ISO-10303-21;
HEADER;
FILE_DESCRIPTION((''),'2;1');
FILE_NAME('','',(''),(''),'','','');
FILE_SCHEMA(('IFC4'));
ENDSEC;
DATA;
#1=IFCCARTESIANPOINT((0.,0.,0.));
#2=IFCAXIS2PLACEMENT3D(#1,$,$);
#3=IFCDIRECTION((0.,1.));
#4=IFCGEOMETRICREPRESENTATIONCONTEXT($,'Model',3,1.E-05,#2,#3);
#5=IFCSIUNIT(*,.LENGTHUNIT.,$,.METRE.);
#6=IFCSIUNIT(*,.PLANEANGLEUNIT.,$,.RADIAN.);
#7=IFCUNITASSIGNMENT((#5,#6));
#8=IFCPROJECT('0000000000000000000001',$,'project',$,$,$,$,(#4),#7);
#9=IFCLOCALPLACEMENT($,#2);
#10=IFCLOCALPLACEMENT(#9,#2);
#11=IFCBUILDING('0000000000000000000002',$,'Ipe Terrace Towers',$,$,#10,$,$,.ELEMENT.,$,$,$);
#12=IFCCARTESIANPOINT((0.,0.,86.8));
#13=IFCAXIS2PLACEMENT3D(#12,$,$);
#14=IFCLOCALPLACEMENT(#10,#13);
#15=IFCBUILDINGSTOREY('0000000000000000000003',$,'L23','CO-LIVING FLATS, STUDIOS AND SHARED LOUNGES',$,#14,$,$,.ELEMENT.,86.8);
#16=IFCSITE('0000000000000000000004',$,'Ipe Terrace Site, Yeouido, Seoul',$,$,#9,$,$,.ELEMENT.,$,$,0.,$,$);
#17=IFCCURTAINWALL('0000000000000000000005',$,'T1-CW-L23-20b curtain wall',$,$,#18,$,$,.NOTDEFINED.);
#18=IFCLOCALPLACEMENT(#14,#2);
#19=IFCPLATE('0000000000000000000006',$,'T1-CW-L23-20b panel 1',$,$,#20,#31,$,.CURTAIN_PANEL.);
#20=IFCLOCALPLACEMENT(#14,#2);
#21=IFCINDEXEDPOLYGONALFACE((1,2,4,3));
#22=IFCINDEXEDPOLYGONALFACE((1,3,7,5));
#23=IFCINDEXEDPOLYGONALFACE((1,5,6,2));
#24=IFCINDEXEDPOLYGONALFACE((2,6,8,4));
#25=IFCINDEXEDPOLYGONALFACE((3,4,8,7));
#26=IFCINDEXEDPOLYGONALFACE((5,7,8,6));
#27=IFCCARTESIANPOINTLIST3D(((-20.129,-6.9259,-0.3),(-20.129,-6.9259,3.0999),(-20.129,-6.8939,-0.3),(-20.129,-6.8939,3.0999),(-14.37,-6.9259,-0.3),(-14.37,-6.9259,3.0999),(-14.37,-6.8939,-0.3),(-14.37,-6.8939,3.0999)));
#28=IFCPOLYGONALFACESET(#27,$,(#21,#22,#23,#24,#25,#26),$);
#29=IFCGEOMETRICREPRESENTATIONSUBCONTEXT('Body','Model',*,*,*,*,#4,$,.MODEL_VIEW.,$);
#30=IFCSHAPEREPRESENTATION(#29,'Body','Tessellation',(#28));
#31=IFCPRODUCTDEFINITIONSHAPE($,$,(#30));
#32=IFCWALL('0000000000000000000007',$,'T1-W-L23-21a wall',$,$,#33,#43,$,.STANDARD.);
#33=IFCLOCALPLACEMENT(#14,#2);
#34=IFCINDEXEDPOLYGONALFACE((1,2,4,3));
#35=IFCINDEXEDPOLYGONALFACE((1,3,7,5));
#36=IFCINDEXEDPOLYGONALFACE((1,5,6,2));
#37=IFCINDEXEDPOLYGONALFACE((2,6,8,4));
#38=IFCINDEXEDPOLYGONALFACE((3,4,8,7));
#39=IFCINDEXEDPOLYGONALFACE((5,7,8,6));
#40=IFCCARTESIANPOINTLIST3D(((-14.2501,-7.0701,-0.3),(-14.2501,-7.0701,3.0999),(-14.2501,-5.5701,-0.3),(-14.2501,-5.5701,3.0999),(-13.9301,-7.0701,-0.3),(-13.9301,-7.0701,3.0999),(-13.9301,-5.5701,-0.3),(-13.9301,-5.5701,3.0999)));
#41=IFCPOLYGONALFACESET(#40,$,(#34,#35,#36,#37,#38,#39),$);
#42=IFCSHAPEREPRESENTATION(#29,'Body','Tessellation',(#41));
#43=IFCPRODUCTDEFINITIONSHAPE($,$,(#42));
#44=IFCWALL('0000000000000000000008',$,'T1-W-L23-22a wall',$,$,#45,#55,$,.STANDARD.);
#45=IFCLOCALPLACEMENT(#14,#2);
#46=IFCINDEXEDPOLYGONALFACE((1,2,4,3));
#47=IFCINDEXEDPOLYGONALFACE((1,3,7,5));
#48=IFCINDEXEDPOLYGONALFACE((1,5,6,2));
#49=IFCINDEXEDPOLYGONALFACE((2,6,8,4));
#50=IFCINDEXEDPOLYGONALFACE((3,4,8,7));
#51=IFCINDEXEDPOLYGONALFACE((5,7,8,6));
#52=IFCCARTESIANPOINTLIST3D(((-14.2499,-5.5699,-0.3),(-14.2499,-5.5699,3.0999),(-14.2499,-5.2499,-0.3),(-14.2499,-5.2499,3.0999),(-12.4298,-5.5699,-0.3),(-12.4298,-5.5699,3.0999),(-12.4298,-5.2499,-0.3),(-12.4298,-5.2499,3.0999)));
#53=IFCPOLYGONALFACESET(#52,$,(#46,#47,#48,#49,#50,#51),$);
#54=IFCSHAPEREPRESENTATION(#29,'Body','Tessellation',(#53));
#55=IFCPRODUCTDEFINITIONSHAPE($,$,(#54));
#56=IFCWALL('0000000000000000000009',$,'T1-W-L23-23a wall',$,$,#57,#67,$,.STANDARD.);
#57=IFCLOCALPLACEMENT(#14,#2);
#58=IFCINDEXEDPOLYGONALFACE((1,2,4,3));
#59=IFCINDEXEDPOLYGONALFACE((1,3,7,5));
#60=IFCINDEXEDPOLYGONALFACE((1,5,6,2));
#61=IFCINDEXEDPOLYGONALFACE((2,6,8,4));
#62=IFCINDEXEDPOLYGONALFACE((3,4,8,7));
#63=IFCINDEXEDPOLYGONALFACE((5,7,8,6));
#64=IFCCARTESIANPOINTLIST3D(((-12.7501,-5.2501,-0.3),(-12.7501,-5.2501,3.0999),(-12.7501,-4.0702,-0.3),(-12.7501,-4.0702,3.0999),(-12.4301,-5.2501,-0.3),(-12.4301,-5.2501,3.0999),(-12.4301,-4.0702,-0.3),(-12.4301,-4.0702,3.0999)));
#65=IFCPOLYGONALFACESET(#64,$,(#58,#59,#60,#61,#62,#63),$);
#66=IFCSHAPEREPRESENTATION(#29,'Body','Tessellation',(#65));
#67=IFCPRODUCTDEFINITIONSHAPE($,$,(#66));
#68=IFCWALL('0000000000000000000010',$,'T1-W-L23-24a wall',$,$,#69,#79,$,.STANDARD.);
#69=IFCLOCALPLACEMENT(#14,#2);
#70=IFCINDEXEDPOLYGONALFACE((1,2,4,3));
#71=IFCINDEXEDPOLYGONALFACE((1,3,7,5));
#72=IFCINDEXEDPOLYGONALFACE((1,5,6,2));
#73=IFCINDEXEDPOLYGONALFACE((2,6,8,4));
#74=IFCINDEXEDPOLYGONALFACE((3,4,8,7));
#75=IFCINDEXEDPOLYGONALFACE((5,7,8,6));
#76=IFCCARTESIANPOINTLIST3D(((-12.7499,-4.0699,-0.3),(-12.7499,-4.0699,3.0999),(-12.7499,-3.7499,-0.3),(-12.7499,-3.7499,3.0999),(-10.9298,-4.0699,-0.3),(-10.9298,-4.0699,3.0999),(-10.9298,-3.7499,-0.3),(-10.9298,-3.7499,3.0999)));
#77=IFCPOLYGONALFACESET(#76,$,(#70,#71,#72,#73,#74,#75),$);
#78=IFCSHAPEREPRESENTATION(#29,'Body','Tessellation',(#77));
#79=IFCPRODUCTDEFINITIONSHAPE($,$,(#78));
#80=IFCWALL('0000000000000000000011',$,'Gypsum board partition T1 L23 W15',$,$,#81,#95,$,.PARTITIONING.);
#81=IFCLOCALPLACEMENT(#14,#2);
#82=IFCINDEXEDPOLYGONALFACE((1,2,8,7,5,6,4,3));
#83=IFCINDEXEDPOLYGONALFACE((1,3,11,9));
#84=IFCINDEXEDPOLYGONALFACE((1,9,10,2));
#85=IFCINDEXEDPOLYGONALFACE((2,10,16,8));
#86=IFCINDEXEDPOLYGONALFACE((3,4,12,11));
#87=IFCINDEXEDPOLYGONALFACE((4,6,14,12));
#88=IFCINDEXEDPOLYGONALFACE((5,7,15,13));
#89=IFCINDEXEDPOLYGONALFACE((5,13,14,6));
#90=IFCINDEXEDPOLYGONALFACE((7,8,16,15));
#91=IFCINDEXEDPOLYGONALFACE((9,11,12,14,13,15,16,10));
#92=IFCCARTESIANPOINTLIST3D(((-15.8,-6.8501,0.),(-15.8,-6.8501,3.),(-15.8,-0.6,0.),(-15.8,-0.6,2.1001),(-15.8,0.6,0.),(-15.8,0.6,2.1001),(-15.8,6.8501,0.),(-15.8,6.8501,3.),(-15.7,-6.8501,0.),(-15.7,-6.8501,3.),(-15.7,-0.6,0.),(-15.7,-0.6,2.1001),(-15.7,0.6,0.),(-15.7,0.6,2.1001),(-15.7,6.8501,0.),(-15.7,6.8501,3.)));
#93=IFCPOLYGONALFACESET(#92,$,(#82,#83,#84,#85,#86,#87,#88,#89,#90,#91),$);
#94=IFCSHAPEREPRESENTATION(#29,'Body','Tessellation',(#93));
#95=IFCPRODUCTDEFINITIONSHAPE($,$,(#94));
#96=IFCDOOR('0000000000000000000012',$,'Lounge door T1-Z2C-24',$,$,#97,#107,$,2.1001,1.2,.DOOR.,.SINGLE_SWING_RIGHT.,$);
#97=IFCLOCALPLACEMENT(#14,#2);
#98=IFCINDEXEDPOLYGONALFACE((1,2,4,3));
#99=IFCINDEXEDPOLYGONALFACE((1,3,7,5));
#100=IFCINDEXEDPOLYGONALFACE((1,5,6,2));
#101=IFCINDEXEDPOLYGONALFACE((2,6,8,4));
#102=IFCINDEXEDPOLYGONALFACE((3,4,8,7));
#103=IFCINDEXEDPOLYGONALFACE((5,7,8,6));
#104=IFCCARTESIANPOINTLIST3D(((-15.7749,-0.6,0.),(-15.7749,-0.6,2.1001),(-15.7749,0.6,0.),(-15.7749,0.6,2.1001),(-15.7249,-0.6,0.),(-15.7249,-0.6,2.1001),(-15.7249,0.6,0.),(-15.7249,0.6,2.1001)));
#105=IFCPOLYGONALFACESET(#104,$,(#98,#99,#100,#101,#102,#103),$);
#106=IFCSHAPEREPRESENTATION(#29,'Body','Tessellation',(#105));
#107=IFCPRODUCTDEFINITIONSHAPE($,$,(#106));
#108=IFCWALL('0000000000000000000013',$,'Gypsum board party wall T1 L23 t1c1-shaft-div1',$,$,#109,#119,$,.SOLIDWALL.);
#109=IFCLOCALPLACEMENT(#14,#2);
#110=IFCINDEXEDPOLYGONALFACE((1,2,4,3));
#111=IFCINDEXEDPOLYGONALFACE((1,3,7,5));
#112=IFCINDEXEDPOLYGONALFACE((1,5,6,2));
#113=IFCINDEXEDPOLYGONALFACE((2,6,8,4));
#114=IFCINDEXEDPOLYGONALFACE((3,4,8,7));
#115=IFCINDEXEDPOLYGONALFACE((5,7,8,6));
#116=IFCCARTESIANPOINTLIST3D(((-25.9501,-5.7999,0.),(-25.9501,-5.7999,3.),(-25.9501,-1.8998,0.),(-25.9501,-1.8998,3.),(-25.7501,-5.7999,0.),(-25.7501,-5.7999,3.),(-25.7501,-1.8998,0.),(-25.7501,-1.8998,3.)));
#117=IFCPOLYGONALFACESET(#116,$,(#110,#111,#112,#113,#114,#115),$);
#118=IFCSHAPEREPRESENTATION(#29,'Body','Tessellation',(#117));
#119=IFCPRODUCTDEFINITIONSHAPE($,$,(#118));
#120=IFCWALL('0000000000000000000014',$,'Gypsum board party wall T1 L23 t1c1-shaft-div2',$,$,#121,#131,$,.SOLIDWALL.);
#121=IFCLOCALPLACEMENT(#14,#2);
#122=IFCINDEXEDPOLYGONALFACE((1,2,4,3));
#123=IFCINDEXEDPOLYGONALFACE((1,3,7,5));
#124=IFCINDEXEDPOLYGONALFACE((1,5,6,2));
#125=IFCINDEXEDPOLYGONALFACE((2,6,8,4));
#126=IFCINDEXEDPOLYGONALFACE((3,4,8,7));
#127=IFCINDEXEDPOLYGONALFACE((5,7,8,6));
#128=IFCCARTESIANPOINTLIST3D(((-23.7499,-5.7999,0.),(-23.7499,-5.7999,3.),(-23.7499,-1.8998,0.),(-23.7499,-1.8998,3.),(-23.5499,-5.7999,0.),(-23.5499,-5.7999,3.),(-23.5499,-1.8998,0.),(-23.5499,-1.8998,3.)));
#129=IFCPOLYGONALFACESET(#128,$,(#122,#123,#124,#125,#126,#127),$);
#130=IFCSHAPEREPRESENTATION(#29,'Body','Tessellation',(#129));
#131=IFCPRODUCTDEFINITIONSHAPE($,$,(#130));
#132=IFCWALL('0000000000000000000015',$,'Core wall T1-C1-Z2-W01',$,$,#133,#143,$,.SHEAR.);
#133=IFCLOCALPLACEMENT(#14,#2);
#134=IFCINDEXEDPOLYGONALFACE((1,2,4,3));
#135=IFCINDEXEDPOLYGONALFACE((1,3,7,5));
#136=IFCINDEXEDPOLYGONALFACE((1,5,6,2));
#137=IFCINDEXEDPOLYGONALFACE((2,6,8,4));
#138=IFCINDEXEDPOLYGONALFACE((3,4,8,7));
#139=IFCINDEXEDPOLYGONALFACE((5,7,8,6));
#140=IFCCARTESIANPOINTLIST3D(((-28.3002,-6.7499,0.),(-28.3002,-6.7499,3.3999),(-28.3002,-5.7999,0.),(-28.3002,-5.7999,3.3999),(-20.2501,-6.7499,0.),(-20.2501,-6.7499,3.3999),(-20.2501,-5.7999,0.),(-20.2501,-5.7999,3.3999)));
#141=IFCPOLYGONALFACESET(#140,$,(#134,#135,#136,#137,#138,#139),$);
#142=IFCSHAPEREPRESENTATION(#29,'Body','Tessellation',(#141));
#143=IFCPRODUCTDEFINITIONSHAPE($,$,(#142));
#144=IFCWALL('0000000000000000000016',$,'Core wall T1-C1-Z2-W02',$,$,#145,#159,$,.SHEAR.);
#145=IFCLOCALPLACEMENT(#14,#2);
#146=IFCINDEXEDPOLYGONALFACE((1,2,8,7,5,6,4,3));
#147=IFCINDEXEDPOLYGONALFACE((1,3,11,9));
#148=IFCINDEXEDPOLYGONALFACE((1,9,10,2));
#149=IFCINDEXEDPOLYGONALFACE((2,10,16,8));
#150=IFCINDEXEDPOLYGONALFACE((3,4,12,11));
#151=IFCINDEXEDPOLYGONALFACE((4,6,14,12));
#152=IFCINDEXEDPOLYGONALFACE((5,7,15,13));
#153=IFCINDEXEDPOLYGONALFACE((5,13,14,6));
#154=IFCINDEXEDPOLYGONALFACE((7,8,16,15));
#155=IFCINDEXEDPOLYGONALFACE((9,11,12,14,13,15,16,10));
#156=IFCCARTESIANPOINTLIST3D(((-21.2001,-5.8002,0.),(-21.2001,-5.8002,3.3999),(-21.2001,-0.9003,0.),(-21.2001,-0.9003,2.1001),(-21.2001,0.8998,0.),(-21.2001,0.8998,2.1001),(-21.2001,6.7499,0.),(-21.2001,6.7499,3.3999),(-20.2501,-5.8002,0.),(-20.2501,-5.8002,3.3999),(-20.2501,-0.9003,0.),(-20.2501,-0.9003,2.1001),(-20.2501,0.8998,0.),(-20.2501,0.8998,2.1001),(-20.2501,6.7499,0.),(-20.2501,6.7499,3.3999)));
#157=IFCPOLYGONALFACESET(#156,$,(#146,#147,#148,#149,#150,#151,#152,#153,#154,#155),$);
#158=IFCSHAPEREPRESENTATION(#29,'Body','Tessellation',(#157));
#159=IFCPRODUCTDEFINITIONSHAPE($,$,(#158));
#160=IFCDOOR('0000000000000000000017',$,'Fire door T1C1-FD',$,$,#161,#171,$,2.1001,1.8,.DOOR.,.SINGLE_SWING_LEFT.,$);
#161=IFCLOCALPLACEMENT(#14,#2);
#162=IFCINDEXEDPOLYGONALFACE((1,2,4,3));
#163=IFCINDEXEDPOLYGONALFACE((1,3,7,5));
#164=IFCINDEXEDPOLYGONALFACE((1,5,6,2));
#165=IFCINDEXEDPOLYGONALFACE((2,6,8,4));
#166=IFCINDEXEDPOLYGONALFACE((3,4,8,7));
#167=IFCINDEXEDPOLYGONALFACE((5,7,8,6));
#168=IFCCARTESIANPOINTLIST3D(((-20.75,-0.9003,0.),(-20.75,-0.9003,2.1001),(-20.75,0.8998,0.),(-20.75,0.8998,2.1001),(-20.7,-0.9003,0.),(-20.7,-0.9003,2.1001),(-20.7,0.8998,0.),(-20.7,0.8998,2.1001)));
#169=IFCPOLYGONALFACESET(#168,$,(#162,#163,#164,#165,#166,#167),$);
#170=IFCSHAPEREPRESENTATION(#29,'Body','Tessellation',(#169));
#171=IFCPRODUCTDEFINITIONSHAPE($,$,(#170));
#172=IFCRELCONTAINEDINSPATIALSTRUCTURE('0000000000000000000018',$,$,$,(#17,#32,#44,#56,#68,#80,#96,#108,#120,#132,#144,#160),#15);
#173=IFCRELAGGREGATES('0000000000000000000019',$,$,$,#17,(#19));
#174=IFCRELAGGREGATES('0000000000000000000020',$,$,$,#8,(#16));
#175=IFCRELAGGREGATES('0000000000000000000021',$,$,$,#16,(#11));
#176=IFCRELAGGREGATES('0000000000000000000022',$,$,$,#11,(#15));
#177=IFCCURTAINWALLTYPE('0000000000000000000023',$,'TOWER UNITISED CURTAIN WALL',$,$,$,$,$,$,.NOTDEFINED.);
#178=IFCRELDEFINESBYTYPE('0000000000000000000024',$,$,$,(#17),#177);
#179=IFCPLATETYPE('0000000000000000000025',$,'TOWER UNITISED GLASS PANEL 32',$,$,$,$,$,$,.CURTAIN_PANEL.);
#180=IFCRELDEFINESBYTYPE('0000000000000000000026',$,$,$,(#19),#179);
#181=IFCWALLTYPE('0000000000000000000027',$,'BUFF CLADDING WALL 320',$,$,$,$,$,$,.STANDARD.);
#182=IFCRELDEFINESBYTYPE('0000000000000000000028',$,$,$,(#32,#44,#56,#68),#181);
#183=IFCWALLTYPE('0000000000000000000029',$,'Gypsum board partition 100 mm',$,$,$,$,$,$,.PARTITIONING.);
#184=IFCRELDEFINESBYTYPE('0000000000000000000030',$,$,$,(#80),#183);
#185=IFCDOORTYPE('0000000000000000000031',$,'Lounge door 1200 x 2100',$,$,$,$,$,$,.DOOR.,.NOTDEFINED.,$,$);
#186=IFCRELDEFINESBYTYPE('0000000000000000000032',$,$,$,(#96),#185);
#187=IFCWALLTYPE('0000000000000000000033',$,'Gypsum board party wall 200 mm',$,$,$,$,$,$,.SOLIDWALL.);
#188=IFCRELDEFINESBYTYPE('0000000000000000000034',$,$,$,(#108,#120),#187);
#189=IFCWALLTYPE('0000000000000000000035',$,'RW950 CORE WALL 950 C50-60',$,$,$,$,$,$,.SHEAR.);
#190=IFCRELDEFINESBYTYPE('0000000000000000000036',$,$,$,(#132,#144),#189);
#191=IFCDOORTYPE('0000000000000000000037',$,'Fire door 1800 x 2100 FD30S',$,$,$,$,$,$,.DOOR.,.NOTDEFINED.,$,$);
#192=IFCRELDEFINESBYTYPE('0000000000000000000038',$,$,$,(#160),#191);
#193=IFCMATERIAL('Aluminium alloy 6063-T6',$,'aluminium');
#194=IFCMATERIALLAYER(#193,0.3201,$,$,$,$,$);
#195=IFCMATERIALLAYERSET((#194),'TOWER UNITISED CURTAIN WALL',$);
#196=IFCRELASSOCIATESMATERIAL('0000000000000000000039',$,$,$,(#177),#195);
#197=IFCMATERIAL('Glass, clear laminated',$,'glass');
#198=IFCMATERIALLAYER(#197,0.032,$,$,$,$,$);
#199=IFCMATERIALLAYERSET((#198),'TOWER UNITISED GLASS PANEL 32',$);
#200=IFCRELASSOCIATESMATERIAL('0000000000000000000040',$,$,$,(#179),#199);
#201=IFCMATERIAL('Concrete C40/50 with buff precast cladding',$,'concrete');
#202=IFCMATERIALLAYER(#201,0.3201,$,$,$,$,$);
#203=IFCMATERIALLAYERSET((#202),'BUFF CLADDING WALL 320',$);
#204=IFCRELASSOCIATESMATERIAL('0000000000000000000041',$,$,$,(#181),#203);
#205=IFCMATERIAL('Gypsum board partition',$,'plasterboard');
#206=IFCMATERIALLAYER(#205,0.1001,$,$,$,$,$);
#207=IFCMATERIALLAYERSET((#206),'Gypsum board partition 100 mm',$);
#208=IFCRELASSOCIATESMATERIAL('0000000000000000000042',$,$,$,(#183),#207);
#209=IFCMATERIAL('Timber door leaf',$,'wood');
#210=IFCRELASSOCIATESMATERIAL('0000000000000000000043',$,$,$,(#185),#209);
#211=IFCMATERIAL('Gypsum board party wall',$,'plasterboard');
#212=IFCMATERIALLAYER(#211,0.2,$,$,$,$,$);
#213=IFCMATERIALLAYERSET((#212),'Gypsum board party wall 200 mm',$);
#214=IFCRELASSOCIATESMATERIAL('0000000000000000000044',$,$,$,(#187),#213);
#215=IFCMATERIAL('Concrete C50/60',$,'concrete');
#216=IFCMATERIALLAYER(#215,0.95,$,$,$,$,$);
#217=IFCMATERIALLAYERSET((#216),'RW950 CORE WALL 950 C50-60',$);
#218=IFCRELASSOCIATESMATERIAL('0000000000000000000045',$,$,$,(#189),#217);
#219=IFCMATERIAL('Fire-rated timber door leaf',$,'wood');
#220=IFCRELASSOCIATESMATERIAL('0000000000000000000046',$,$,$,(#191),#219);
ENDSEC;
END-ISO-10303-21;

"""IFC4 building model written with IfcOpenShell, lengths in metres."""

from ifc_helpers import new_model, si_unit, direction, frame, frame_2d, origin, origin_2d, place, context, subcontext, project, spatial, rectangle, extrude, material, layer, layer_set, type_object, element, fill, aggregate, save


model = new_model("IFC4")

# Units and contexts
model_context = context("Model", 3, precision=1e-05, world=origin(), true_north=direction((0.0, 1.0)))
body_context = subcontext(model_context, "Body", "Model", "MODEL_VIEW")
ifc_project = project(units=[si_unit("LENGTHUNIT", "METRE"), si_unit("PLANEANGLEUNIT", "RADIAN")], contexts=[model_context])

# Site, building, storey
site_placement = place(None, origin())
site = spatial("IfcSite", under=ifc_project, at=site_placement, Name="Ipe Terrace Site, Yeouido, Seoul", CompositionType="ELEMENT", RefElevation=0.0)
building_placement = place(site_placement, origin())
building = spatial("IfcBuilding", under=site, at=building_placement, Name="Ipe Terrace Towers", CompositionType="ELEMENT")
storey_placement = place(building_placement, frame((0.0, 0.0, 86.8)))
storey = spatial("IfcBuildingStorey", under=building, at=storey_placement, Name="L23", Description="CO-LIVING FLATS, STUDIOS AND SHARED LOUNGES", CompositionType="ELEMENT", Elevation=86.8)

# Curtain wall
ifc_material_1 = material(Name="Aluminium alloy 6063-T6", Category="aluminium")
ifc_layer_1 = layer(ifc_material_1, 0.3201)
ifc_layer_set_1 = layer_set([ifc_layer_1], Name="TOWER UNITISED CURTAIN WALL")
curtain_wall_type = type_object("IfcCurtainWallType", Name="TOWER UNITISED CURTAIN WALL", PredefinedType="NOTDEFINED", material=ifc_layer_set_1)
curtain_wall_1_placement = place(storey_placement, origin())
curtain_wall_1 = element("IfcCurtainWall", 1, at=curtain_wall_1_placement, inside=storey, type_object=curtain_wall_type, Name="T1-CW-L23-20b curtain wall", PredefinedType="NOTDEFINED")

# Plate
ifc_material_2 = material(Name="Glass, clear laminated", Category="glass")
ifc_layer_2 = layer(ifc_material_2, 0.032)
ifc_layer_set_2 = layer_set([ifc_layer_2], Name="TOWER UNITISED GLASS PANEL 32")
plate_type = type_object("IfcPlateType", Name="TOWER UNITISED GLASS PANEL 32", PredefinedType="CURTAIN_PANEL", material=ifc_layer_set_2)
plate_1_placement = place(storey_placement, frame((-17.2495, -6.9099, -0.3), z_axis=(0.0, 0.0, 1.0), x_axis=(1.0, 0.0, 0.0)))
plate_1 = element("IfcPlate", 2, at=plate_1_placement, type_object=plate_type, Name="T1-CW-L23-20b panel 1", PredefinedType="CURTAIN_PANEL", context=body_context, shape_type="SweptSolid", body=[
    extrude(rectangle(XDim=5.759, YDim=0.032, at=origin_2d()), origin(), (0.0, 0.0, 1.0), 3.3999),
])
aggregate(curtain_wall_1, [plate_1])

# Walls
ifc_material_3 = material(Name="Concrete C40/50 with buff precast cladding", Category="concrete")
ifc_layer_3 = layer(ifc_material_3, 0.3201)
ifc_layer_set_3 = layer_set([ifc_layer_3], Name="BUFF CLADDING WALL 320")
wall_type_1 = type_object("IfcWallType", Name="BUFF CLADDING WALL 320", PredefinedType="STANDARD", material=ifc_layer_set_3)
wall_1_placement = place(storey_placement, frame((-14.0901, -7.0701, -0.3), z_axis=(0.0, 0.0, 1.0), x_axis=(0.0, 1.0, 0.0)))
element("IfcWall", 3, at=wall_1_placement, inside=storey, type_object=wall_type_1, Name="T1-W-L23-21a wall", PredefinedType="STANDARD", context=body_context, shape_type="SweptSolid", body=[
    extrude(rectangle(XDim=1.5, YDim=0.3201, at=frame_2d((0.75, 0.0))), origin(), (0.0, 0.0, 1.0), 3.3999),
])
wall_2_placement = place(storey_placement, frame((-14.25, -5.4099, -0.3), z_axis=(0.0, 0.0, 1.0), x_axis=(1.0, 0.0, 0.0)))
element("IfcWall", 4, at=wall_2_placement, inside=storey, type_object=wall_type_1, Name="T1-W-L23-22a wall", PredefinedType="STANDARD", context=body_context, shape_type="SweptSolid", body=[
    extrude(rectangle(XDim=1.8201, YDim=0.3201, at=frame_2d((0.9102, 0.0))), origin(), (0.0, 0.0, 1.0), 3.3999),
])
wall_3_placement = place(storey_placement, frame((-12.5901, -5.25, -0.3), z_axis=(0.0, 0.0, 1.0), x_axis=(0.0, 1.0, 0.0)))
element("IfcWall", 5, at=wall_3_placement, inside=storey, type_object=wall_type_1, Name="T1-W-L23-23a wall", PredefinedType="STANDARD", context=body_context, shape_type="SweptSolid", body=[
    extrude(rectangle(XDim=1.1799, YDim=0.3201, at=frame_2d((0.5898, 0.0))), origin(), (0.0, 0.0, 1.0), 3.3999),
])
wall_4_placement = place(storey_placement, frame((-12.75, -3.9099, -0.3), z_axis=(0.0, 0.0, 1.0), x_axis=(1.0, 0.0, 0.0)))
element("IfcWall", 6, at=wall_4_placement, inside=storey, type_object=wall_type_1, Name="T1-W-L23-24a wall", PredefinedType="STANDARD", context=body_context, shape_type="SweptSolid", body=[
    extrude(rectangle(XDim=1.8201, YDim=0.3201, at=frame_2d((0.9102, 0.0))), origin(), (0.0, 0.0, 1.0), 3.3999),
])

# Wall, opening, door
ifc_material_4 = material(Name="Gypsum board partition", Category="plasterboard")
ifc_layer_4 = layer(ifc_material_4, 0.1001)
ifc_layer_set_4 = layer_set([ifc_layer_4], Name="Gypsum board partition 100 mm")
wall_type_2 = type_object("IfcWallType", Name="Gypsum board partition 100 mm", PredefinedType="PARTITIONING", material=ifc_layer_set_4)
wall_5_placement = place(storey_placement, frame((-15.75, -6.8501, 0.0), z_axis=(0.0, 0.0, 1.0), x_axis=(0.0, 1.0, 0.0)))
wall_5 = element("IfcWall", 7, at=wall_5_placement, inside=storey, type_object=wall_type_2, Name="Gypsum board partition T1 L23 W15", PredefinedType="PARTITIONING", context=body_context, shape_type="SweptSolid", body=[
    extrude(rectangle(XDim=13.7002, YDim=0.1001, at=frame_2d((6.8501, 0.0))), origin(), (0.0, 0.0, 1.0), 3.0),
])
opening_1_placement = place(wall_5_placement, frame((6.25, 0.0, 0.0)))
opening_1 = element("IfcOpeningElement", 8, at=opening_1_placement, cuts=wall_5, PredefinedType="OPENING", context=body_context, shape_type="SweptSolid", body=[
    extrude(rectangle(XDim=1.2, YDim=2.1001, at=frame_2d((0.6001, 1.05))), frame((0.0, 0.0601, 0.0), z_axis=(0.0, -1.0, 0.0), x_axis=(1.0, 0.0, 0.0)), (0.0, 0.0, 1.0), 0.1201),
])
ifc_material_5 = material(Name="Timber door leaf", Category="wood")
door_type_1 = type_object("IfcDoorType", Name="Lounge door 1200 x 2100", OperationType="NOTDEFINED", PredefinedType="DOOR", material=ifc_material_5)
door_1_placement = place(opening_1_placement, origin())
door_1 = element("IfcDoor", 9, at=door_1_placement, inside=storey, type_object=door_type_1, Name="Lounge door T1-Z2C-24", OperationType="SINGLE_SWING_RIGHT", OverallHeight=2.1001, OverallWidth=1.2, PredefinedType="DOOR", context=body_context, shape_type="SweptSolid", body=[
    extrude(rectangle(XDim=1.2, YDim=2.1001, at=frame_2d((0.6001, 1.05))), frame((0.0, 0.0249, 0.0), z_axis=(0.0, -1.0, 0.0), x_axis=(1.0, 0.0, 0.0)), (0.0, 0.0, 1.0), 0.05),
])
fill(opening_1, door_1)

# Walls
ifc_material_6 = material(Name="Gypsum board party wall", Category="plasterboard")
ifc_layer_5 = layer(ifc_material_6, 0.2)
ifc_layer_set_5 = layer_set([ifc_layer_5], Name="Gypsum board party wall 200 mm")
wall_type_3 = type_object("IfcWallType", Name="Gypsum board party wall 200 mm", PredefinedType="SOLIDWALL", material=ifc_layer_set_5)
for number, where, z_axis, x_axis, name in (
    (10, (-25.8501, -5.8, 0.0), (0.0, 0.0, 1.0), (0.0, 1.0, 0.0), "Gypsum board party wall T1 L23 t1c1-shaft-div1"),
    (11, (-23.6499, -5.8, 0.0), (0.0, 0.0, 1.0), (0.0, 1.0, 0.0), "Gypsum board party wall T1 L23 t1c1-shaft-div2"),
):
    element("IfcWall", number, at=place(storey_placement, frame(where, z_axis=z_axis, x_axis=x_axis)), inside=storey, type_object=wall_type_3, Name=name, PredefinedType="SOLIDWALL", context=body_context, shape_type="SweptSolid", body=[
        extrude(rectangle(XDim=3.9001, YDim=0.2, at=frame_2d((1.9502, 0.0))), origin(), (0.0, 0.0, 1.0), 3.0),
    ])
ifc_material_7 = material(Name="Concrete C50/60", Category="concrete")
ifc_layer_6 = layer(ifc_material_7, 0.95)
ifc_layer_set_6 = layer_set([ifc_layer_6], Name="RW950 CORE WALL 950 C50-60")
wall_type_4 = type_object("IfcWallType", Name="RW950 CORE WALL 950 C50-60", PredefinedType="SHEAR", material=ifc_layer_set_6)
wall_6_placement = place(storey_placement, frame((-28.3, -6.2749, 0.0), z_axis=(0.0, 0.0, 1.0), x_axis=(1.0, 0.0, 0.0)))
element("IfcWall", 12, at=wall_6_placement, inside=storey, type_object=wall_type_4, Name="Core wall T1-C1-Z2-W01", PredefinedType="SHEAR", context=body_context, shape_type="SweptSolid", body=[
    extrude(rectangle(XDim=8.05, YDim=0.95, at=frame_2d((4.0249, 0.0))), origin(), (0.0, 0.0, 1.0), 3.3999),
])

# Wall, opening, door
wall_7_placement = place(storey_placement, frame((-20.7251, -5.8, 0.0), z_axis=(0.0, 0.0, 1.0), x_axis=(0.0, 1.0, 0.0)))
wall_7 = element("IfcWall", 13, at=wall_7_placement, inside=storey, type_object=wall_type_4, Name="Core wall T1-C1-Z2-W02", PredefinedType="SHEAR", context=body_context, shape_type="SweptSolid", body=[
    extrude(rectangle(XDim=12.55, YDim=0.95, at=frame_2d((6.2749, 0.0))), origin(), (0.0, 0.0, 1.0), 3.3999),
])
opening_2_placement = place(wall_7_placement, frame((4.8999, 0.0, 0.0)))
opening_2 = element("IfcOpeningElement", 14, at=opening_2_placement, cuts=wall_7, PredefinedType="OPENING", context=body_context, shape_type="SweptSolid", body=[
    extrude(rectangle(XDim=1.8, YDim=2.1001, at=frame_2d((0.8999, 1.05))), frame((0.0, 0.4849, 0.0), z_axis=(0.0, -1.0, 0.0), x_axis=(1.0, 0.0, 0.0)), (0.0, 0.0, 1.0), 0.97),
])
ifc_material_8 = material(Name="Fire-rated timber door leaf", Category="wood")
door_type_2 = type_object("IfcDoorType", Name="Fire door 1800 x 2100 FD30S", OperationType="NOTDEFINED", PredefinedType="DOOR", material=ifc_material_8)
door_2_placement = place(opening_2_placement, origin())
door_2 = element("IfcDoor", 15, at=door_2_placement, inside=storey, type_object=door_type_2, Name="Fire door T1C1-FD", OperationType="SINGLE_SWING_LEFT", OverallHeight=2.1001, OverallWidth=1.8, PredefinedType="DOOR", context=body_context, shape_type="SweptSolid", body=[
    extrude(rectangle(XDim=1.8, YDim=2.1001, at=frame_2d((0.8999, 1.05))), frame((0.0, 0.0249, 0.0), z_axis=(0.0, -1.0, 0.0), x_axis=(1.0, 0.0, 0.0)), (0.0, 0.0, 1.0), 0.05),
])
fill(opening_2, door_2)

save(model, "model.ifc")
